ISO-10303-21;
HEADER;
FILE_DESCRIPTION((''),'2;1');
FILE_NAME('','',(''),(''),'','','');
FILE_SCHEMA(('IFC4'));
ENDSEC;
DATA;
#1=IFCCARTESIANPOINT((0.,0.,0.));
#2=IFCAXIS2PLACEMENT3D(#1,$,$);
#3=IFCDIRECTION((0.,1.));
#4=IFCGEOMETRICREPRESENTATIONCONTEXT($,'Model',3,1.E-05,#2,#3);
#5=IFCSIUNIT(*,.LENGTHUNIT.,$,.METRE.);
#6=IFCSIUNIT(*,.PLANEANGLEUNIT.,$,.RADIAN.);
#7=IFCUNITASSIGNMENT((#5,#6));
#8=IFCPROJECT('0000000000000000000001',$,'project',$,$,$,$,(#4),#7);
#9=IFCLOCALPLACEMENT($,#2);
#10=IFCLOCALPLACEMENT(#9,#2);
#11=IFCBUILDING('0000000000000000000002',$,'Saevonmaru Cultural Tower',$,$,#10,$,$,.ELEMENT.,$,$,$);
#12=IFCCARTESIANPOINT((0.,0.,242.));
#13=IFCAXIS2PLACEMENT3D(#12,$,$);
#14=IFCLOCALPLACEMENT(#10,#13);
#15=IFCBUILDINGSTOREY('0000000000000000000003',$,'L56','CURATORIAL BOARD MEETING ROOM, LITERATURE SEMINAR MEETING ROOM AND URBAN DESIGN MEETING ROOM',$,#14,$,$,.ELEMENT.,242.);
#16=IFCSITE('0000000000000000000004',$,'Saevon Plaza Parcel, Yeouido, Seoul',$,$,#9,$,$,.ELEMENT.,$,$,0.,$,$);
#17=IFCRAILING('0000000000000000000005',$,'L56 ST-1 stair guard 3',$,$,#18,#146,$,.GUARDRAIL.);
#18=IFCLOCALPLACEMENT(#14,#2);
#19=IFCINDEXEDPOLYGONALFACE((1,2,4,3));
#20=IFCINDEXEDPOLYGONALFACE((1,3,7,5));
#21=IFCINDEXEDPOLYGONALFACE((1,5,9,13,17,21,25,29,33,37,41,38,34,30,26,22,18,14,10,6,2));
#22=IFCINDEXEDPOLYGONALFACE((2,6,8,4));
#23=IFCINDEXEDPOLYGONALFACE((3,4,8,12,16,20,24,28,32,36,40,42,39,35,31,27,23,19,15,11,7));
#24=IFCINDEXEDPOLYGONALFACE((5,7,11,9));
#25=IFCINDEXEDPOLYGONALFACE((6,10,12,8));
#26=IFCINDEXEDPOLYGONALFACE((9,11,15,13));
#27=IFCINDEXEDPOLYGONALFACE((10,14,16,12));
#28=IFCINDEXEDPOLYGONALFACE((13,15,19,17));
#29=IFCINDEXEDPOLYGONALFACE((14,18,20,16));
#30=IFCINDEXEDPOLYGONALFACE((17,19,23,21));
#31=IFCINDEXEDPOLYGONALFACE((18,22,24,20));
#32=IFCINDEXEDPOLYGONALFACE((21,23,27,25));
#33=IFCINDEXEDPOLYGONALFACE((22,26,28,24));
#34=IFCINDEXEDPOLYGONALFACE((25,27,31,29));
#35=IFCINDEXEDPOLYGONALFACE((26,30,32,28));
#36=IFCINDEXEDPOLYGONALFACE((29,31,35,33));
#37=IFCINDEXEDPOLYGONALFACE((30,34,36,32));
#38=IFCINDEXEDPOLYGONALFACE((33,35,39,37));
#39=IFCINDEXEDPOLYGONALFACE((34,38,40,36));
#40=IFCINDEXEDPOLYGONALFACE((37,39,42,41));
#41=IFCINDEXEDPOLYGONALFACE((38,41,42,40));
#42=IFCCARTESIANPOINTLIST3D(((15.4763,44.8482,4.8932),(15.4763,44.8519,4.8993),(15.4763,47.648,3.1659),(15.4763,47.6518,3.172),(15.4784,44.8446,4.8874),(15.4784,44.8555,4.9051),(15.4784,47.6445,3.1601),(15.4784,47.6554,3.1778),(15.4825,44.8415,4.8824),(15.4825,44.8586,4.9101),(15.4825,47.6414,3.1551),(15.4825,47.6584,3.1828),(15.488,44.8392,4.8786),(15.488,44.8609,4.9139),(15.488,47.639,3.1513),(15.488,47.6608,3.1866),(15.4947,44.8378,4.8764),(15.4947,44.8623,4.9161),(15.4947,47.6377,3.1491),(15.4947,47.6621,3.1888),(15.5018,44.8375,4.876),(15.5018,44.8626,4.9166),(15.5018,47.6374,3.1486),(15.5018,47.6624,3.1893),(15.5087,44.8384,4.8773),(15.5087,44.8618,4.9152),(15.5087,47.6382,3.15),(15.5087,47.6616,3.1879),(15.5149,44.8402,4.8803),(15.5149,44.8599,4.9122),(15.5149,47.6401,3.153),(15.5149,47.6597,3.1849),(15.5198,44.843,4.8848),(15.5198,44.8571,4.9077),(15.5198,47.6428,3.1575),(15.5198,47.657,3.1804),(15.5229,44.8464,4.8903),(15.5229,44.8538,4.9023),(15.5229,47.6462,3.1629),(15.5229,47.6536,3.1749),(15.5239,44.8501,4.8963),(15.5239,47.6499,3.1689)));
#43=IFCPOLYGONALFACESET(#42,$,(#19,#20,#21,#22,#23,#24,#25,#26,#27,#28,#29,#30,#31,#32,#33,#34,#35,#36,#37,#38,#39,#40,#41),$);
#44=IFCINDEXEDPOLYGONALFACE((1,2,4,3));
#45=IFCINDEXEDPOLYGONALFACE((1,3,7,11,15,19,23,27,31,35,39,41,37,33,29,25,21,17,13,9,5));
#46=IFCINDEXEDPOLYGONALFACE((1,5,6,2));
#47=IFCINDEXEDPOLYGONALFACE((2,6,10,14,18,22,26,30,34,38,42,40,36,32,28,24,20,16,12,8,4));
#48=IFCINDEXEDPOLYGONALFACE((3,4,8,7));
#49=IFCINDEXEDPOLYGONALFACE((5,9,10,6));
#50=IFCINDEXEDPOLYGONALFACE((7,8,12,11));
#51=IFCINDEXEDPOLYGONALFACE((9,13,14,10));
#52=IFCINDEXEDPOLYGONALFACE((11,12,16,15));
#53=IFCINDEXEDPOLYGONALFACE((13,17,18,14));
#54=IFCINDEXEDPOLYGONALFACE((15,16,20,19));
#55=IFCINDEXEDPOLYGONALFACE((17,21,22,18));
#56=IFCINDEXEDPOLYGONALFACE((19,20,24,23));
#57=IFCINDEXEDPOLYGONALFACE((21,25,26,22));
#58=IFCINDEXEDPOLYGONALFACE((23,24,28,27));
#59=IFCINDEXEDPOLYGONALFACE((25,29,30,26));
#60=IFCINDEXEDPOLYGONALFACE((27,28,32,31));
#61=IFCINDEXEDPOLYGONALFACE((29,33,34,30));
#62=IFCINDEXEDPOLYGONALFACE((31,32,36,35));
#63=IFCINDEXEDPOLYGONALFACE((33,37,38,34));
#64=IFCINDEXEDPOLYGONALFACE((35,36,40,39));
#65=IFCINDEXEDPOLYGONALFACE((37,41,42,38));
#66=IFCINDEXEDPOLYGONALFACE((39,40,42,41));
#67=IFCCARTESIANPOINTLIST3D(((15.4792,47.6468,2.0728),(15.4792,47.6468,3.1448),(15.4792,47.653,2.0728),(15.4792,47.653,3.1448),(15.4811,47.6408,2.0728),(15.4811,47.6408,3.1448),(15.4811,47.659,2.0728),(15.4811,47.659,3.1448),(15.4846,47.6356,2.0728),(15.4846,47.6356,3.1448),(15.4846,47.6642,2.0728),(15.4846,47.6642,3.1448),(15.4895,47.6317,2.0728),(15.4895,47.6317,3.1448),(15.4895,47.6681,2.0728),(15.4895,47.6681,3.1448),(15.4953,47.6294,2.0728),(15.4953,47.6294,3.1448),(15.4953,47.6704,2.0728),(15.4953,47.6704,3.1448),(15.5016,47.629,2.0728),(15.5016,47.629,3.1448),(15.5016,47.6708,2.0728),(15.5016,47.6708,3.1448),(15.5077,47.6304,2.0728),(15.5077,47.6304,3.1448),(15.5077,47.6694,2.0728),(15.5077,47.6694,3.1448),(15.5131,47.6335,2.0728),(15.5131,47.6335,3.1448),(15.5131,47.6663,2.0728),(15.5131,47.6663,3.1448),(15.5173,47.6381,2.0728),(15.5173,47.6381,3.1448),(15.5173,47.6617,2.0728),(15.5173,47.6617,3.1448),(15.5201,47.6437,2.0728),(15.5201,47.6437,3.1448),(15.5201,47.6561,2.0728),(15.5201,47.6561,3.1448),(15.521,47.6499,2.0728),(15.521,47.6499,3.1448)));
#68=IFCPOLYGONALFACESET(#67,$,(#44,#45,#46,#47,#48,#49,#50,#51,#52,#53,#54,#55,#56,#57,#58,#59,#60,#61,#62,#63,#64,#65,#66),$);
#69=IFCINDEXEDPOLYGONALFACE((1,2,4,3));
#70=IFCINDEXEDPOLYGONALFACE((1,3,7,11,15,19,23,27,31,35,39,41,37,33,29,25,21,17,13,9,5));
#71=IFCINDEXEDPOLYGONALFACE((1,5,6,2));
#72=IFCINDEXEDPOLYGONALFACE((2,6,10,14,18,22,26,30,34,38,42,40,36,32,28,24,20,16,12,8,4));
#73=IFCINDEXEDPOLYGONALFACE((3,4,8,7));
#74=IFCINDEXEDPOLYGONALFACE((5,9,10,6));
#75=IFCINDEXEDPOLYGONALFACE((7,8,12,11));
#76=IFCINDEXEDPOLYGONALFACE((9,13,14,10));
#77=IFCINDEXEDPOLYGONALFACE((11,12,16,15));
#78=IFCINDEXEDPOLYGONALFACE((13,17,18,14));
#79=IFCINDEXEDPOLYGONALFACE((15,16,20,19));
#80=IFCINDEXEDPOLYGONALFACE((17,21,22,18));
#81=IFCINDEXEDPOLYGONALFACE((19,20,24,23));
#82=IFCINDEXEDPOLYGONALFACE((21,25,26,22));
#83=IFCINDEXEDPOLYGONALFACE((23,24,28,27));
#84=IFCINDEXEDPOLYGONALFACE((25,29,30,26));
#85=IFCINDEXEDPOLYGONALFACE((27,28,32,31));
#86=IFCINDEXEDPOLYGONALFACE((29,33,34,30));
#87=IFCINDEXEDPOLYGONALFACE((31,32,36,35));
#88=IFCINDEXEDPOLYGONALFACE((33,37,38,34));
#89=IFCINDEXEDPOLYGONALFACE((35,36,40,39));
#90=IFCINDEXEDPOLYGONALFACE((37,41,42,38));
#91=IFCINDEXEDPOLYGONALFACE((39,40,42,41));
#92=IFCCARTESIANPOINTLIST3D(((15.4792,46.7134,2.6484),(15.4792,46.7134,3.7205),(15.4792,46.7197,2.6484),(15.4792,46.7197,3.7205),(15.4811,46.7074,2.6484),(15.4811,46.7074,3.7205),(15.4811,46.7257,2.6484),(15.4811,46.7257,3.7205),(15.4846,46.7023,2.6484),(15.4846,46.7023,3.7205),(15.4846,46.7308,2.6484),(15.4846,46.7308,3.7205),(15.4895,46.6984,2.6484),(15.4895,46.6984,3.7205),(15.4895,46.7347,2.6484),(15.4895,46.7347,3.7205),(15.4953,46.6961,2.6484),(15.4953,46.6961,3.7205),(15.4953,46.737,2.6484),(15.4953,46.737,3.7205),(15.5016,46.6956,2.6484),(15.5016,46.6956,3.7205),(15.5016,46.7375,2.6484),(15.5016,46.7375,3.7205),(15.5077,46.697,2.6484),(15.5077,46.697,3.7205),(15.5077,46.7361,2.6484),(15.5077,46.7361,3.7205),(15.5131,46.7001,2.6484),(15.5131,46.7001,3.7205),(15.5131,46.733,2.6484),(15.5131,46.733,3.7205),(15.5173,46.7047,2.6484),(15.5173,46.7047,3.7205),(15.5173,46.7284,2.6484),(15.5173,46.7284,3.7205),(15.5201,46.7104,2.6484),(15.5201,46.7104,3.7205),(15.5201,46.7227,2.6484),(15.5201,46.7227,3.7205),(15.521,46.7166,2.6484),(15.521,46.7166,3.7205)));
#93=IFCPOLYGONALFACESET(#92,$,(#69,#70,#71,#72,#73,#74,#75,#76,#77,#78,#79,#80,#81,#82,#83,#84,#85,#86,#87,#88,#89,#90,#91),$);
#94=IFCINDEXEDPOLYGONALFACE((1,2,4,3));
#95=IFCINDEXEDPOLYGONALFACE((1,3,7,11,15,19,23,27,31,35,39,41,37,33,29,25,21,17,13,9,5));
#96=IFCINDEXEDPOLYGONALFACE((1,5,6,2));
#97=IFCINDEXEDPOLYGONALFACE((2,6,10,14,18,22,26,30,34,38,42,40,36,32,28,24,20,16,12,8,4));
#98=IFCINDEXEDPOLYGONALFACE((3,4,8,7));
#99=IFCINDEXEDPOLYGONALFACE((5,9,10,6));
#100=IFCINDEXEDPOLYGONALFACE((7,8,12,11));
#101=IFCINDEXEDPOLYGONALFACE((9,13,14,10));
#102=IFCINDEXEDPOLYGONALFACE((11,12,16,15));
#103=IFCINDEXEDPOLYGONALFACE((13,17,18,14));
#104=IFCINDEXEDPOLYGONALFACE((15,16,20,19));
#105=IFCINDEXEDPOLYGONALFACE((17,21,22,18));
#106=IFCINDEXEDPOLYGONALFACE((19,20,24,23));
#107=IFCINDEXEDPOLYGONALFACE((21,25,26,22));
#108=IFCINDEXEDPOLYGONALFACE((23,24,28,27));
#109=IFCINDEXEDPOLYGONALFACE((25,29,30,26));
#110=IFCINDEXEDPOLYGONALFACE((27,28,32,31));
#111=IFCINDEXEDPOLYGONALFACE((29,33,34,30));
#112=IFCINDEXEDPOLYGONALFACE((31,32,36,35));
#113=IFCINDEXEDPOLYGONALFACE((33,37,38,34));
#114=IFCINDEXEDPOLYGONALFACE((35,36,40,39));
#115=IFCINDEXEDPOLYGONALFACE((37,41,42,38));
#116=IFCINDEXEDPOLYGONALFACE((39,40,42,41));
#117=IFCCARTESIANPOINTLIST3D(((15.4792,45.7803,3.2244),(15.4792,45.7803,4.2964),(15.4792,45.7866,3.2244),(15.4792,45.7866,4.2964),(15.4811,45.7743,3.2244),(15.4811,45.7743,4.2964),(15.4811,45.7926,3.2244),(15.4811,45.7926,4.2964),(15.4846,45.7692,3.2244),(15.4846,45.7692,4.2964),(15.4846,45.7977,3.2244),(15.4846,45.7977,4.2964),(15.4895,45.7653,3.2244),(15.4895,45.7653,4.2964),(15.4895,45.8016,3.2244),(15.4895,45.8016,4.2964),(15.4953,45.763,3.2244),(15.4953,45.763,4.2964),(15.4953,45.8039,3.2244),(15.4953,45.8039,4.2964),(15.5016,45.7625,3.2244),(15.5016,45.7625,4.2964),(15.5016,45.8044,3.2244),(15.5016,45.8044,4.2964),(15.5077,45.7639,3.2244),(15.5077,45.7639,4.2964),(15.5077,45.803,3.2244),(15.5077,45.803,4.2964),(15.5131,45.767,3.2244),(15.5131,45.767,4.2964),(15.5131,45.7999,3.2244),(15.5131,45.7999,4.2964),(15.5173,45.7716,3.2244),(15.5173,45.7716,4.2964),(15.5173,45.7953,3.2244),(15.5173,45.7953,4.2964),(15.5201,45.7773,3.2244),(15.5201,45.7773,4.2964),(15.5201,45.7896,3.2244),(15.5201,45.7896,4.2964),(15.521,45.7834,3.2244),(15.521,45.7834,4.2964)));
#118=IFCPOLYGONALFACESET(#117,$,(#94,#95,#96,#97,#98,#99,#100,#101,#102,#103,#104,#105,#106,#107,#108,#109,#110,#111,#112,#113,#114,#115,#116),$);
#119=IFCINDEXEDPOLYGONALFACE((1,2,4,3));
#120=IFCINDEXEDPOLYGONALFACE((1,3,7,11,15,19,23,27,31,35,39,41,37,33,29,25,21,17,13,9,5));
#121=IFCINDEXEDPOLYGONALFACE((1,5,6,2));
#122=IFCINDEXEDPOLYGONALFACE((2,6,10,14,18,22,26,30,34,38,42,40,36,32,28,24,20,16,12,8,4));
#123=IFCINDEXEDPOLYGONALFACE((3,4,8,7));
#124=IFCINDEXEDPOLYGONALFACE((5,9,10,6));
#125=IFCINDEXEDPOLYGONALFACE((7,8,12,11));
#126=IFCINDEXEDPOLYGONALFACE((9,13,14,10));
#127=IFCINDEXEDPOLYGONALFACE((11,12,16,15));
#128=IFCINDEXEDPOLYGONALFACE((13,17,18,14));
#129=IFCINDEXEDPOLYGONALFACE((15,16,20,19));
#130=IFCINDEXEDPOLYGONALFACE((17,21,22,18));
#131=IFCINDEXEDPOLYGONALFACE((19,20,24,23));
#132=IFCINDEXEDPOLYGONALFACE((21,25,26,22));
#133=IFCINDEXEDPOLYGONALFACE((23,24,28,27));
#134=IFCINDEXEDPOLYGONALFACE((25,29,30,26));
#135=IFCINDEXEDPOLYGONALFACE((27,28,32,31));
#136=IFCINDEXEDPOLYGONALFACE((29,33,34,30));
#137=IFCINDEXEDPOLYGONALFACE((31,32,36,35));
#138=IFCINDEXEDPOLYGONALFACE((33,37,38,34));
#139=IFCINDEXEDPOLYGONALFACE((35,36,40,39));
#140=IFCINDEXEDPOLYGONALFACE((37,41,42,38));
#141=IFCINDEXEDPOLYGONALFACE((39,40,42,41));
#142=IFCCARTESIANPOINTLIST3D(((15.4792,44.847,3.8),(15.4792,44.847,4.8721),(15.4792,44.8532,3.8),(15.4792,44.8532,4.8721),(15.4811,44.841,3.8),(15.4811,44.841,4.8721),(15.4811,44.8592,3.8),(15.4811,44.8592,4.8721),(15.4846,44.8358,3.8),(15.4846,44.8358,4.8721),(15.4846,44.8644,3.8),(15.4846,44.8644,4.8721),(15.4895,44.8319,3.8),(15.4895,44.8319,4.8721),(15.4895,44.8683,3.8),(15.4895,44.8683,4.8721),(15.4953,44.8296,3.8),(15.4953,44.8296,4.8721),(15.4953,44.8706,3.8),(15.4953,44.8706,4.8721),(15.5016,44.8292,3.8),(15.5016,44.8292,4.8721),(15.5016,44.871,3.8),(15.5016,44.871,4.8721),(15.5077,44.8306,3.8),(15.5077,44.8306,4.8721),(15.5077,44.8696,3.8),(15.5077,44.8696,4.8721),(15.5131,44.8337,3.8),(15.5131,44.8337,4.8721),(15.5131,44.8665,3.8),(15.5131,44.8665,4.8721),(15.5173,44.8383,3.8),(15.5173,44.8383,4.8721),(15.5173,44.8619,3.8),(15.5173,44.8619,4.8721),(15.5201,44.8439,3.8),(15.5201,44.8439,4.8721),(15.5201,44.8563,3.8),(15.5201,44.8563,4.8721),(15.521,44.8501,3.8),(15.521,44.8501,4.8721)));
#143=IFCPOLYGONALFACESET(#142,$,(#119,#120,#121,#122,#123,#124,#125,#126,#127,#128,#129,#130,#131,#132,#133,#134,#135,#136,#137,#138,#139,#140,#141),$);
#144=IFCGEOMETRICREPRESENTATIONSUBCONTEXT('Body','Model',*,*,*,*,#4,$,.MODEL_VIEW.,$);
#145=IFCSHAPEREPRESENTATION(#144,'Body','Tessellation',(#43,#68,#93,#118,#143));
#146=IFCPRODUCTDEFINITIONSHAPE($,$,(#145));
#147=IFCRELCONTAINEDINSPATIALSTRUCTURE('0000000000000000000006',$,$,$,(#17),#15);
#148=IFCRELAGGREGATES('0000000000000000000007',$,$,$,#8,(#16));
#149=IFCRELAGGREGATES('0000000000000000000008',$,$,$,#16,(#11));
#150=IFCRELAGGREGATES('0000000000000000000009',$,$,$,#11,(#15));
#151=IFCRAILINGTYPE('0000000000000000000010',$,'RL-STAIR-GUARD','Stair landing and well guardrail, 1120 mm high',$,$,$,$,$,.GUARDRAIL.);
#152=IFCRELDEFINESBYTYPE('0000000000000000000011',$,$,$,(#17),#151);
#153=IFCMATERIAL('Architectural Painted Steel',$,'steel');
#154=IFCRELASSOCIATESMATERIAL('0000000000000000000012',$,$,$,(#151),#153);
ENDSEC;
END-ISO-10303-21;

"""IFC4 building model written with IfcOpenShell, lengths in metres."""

from ifc_helpers import new_model, si_unit, direction, frame, origin, origin_2d, place, context, subcontext, project, spatial, circle, extrude, material, type_object, element, save


model = new_model("IFC4")

# Units and contexts
model_context = context("Model", 3, precision=1e-05, world=origin(), true_north=direction((0.0, 1.0)))
body_context = subcontext(model_context, "Body", "Model", "MODEL_VIEW")
ifc_project = project(units=[si_unit("LENGTHUNIT", "METRE"), si_unit("PLANEANGLEUNIT", "RADIAN")], contexts=[model_context])

# Site, building, storey
site_placement = place(None, origin())
site = spatial("IfcSite", under=ifc_project, at=site_placement, Name="Saevon Plaza Parcel, Yeouido, Seoul", CompositionType="ELEMENT", RefElevation=0.0)
building_placement = place(site_placement, origin())
building = spatial("IfcBuilding", under=site, at=building_placement, Name="Saevonmaru Cultural Tower", CompositionType="ELEMENT")
storey_placement = place(building_placement, frame((0.0, 0.0, 242.0)))
storey = spatial("IfcBuildingStorey", under=building, at=storey_placement, Name="L56", Description="CURATORIAL BOARD MEETING ROOM, LITERATURE SEMINAR MEETING ROOM AND URBAN DESIGN MEETING ROOM", CompositionType="ELEMENT", Elevation=242.0)

# Railing
ifc_material_1 = material(Name="Architectural Painted Steel", Category="steel")
railing_type_1 = type_object("IfcRailingType", Name="RL-STAIR-GUARD", Description="Stair landing and well guardrail, 1120 mm high", PredefinedType="GUARDRAIL", material=ifc_material_1)
railing_1_placement = place(storey_placement, frame((15.5, 47.6499, 2.0728)))
element("IfcRailing", 1, at=railing_1_placement, inside=storey, type_object=railing_type_1, Name="L56 ST-1 stair guard 3", PredefinedType="GUARDRAIL", context=body_context, shape_type="SweptSolid", body=[
    extrude(circle(Radius=0.0239, at=origin_2d()), frame((0.0, 0.0, 1.0962), z_axis=(0.0, -0.851069, 0.525054), x_axis=(1.0, 0.0, 0.0)), (0.0, 0.0, 1.0), 3.2898),
    extrude(circle(Radius=0.021, at=origin_2d()), origin(), (0.0, 0.0, 1.0), 1.072),
    extrude(circle(Radius=0.021, at=origin_2d()), frame((0.0, -0.9333, 0.5757)), (0.0, 0.0, 1.0), 1.072),
    extrude(circle(Radius=0.021, at=origin_2d()), frame((0.0, -1.8665, 1.1516)), (0.0, 0.0, 1.0), 1.072),
    extrude(circle(Radius=0.021, at=origin_2d()), frame((0.0, -2.7998, 1.7273)), (0.0, 0.0, 1.0), 1.072),
])

save(model, "model.ifc")
